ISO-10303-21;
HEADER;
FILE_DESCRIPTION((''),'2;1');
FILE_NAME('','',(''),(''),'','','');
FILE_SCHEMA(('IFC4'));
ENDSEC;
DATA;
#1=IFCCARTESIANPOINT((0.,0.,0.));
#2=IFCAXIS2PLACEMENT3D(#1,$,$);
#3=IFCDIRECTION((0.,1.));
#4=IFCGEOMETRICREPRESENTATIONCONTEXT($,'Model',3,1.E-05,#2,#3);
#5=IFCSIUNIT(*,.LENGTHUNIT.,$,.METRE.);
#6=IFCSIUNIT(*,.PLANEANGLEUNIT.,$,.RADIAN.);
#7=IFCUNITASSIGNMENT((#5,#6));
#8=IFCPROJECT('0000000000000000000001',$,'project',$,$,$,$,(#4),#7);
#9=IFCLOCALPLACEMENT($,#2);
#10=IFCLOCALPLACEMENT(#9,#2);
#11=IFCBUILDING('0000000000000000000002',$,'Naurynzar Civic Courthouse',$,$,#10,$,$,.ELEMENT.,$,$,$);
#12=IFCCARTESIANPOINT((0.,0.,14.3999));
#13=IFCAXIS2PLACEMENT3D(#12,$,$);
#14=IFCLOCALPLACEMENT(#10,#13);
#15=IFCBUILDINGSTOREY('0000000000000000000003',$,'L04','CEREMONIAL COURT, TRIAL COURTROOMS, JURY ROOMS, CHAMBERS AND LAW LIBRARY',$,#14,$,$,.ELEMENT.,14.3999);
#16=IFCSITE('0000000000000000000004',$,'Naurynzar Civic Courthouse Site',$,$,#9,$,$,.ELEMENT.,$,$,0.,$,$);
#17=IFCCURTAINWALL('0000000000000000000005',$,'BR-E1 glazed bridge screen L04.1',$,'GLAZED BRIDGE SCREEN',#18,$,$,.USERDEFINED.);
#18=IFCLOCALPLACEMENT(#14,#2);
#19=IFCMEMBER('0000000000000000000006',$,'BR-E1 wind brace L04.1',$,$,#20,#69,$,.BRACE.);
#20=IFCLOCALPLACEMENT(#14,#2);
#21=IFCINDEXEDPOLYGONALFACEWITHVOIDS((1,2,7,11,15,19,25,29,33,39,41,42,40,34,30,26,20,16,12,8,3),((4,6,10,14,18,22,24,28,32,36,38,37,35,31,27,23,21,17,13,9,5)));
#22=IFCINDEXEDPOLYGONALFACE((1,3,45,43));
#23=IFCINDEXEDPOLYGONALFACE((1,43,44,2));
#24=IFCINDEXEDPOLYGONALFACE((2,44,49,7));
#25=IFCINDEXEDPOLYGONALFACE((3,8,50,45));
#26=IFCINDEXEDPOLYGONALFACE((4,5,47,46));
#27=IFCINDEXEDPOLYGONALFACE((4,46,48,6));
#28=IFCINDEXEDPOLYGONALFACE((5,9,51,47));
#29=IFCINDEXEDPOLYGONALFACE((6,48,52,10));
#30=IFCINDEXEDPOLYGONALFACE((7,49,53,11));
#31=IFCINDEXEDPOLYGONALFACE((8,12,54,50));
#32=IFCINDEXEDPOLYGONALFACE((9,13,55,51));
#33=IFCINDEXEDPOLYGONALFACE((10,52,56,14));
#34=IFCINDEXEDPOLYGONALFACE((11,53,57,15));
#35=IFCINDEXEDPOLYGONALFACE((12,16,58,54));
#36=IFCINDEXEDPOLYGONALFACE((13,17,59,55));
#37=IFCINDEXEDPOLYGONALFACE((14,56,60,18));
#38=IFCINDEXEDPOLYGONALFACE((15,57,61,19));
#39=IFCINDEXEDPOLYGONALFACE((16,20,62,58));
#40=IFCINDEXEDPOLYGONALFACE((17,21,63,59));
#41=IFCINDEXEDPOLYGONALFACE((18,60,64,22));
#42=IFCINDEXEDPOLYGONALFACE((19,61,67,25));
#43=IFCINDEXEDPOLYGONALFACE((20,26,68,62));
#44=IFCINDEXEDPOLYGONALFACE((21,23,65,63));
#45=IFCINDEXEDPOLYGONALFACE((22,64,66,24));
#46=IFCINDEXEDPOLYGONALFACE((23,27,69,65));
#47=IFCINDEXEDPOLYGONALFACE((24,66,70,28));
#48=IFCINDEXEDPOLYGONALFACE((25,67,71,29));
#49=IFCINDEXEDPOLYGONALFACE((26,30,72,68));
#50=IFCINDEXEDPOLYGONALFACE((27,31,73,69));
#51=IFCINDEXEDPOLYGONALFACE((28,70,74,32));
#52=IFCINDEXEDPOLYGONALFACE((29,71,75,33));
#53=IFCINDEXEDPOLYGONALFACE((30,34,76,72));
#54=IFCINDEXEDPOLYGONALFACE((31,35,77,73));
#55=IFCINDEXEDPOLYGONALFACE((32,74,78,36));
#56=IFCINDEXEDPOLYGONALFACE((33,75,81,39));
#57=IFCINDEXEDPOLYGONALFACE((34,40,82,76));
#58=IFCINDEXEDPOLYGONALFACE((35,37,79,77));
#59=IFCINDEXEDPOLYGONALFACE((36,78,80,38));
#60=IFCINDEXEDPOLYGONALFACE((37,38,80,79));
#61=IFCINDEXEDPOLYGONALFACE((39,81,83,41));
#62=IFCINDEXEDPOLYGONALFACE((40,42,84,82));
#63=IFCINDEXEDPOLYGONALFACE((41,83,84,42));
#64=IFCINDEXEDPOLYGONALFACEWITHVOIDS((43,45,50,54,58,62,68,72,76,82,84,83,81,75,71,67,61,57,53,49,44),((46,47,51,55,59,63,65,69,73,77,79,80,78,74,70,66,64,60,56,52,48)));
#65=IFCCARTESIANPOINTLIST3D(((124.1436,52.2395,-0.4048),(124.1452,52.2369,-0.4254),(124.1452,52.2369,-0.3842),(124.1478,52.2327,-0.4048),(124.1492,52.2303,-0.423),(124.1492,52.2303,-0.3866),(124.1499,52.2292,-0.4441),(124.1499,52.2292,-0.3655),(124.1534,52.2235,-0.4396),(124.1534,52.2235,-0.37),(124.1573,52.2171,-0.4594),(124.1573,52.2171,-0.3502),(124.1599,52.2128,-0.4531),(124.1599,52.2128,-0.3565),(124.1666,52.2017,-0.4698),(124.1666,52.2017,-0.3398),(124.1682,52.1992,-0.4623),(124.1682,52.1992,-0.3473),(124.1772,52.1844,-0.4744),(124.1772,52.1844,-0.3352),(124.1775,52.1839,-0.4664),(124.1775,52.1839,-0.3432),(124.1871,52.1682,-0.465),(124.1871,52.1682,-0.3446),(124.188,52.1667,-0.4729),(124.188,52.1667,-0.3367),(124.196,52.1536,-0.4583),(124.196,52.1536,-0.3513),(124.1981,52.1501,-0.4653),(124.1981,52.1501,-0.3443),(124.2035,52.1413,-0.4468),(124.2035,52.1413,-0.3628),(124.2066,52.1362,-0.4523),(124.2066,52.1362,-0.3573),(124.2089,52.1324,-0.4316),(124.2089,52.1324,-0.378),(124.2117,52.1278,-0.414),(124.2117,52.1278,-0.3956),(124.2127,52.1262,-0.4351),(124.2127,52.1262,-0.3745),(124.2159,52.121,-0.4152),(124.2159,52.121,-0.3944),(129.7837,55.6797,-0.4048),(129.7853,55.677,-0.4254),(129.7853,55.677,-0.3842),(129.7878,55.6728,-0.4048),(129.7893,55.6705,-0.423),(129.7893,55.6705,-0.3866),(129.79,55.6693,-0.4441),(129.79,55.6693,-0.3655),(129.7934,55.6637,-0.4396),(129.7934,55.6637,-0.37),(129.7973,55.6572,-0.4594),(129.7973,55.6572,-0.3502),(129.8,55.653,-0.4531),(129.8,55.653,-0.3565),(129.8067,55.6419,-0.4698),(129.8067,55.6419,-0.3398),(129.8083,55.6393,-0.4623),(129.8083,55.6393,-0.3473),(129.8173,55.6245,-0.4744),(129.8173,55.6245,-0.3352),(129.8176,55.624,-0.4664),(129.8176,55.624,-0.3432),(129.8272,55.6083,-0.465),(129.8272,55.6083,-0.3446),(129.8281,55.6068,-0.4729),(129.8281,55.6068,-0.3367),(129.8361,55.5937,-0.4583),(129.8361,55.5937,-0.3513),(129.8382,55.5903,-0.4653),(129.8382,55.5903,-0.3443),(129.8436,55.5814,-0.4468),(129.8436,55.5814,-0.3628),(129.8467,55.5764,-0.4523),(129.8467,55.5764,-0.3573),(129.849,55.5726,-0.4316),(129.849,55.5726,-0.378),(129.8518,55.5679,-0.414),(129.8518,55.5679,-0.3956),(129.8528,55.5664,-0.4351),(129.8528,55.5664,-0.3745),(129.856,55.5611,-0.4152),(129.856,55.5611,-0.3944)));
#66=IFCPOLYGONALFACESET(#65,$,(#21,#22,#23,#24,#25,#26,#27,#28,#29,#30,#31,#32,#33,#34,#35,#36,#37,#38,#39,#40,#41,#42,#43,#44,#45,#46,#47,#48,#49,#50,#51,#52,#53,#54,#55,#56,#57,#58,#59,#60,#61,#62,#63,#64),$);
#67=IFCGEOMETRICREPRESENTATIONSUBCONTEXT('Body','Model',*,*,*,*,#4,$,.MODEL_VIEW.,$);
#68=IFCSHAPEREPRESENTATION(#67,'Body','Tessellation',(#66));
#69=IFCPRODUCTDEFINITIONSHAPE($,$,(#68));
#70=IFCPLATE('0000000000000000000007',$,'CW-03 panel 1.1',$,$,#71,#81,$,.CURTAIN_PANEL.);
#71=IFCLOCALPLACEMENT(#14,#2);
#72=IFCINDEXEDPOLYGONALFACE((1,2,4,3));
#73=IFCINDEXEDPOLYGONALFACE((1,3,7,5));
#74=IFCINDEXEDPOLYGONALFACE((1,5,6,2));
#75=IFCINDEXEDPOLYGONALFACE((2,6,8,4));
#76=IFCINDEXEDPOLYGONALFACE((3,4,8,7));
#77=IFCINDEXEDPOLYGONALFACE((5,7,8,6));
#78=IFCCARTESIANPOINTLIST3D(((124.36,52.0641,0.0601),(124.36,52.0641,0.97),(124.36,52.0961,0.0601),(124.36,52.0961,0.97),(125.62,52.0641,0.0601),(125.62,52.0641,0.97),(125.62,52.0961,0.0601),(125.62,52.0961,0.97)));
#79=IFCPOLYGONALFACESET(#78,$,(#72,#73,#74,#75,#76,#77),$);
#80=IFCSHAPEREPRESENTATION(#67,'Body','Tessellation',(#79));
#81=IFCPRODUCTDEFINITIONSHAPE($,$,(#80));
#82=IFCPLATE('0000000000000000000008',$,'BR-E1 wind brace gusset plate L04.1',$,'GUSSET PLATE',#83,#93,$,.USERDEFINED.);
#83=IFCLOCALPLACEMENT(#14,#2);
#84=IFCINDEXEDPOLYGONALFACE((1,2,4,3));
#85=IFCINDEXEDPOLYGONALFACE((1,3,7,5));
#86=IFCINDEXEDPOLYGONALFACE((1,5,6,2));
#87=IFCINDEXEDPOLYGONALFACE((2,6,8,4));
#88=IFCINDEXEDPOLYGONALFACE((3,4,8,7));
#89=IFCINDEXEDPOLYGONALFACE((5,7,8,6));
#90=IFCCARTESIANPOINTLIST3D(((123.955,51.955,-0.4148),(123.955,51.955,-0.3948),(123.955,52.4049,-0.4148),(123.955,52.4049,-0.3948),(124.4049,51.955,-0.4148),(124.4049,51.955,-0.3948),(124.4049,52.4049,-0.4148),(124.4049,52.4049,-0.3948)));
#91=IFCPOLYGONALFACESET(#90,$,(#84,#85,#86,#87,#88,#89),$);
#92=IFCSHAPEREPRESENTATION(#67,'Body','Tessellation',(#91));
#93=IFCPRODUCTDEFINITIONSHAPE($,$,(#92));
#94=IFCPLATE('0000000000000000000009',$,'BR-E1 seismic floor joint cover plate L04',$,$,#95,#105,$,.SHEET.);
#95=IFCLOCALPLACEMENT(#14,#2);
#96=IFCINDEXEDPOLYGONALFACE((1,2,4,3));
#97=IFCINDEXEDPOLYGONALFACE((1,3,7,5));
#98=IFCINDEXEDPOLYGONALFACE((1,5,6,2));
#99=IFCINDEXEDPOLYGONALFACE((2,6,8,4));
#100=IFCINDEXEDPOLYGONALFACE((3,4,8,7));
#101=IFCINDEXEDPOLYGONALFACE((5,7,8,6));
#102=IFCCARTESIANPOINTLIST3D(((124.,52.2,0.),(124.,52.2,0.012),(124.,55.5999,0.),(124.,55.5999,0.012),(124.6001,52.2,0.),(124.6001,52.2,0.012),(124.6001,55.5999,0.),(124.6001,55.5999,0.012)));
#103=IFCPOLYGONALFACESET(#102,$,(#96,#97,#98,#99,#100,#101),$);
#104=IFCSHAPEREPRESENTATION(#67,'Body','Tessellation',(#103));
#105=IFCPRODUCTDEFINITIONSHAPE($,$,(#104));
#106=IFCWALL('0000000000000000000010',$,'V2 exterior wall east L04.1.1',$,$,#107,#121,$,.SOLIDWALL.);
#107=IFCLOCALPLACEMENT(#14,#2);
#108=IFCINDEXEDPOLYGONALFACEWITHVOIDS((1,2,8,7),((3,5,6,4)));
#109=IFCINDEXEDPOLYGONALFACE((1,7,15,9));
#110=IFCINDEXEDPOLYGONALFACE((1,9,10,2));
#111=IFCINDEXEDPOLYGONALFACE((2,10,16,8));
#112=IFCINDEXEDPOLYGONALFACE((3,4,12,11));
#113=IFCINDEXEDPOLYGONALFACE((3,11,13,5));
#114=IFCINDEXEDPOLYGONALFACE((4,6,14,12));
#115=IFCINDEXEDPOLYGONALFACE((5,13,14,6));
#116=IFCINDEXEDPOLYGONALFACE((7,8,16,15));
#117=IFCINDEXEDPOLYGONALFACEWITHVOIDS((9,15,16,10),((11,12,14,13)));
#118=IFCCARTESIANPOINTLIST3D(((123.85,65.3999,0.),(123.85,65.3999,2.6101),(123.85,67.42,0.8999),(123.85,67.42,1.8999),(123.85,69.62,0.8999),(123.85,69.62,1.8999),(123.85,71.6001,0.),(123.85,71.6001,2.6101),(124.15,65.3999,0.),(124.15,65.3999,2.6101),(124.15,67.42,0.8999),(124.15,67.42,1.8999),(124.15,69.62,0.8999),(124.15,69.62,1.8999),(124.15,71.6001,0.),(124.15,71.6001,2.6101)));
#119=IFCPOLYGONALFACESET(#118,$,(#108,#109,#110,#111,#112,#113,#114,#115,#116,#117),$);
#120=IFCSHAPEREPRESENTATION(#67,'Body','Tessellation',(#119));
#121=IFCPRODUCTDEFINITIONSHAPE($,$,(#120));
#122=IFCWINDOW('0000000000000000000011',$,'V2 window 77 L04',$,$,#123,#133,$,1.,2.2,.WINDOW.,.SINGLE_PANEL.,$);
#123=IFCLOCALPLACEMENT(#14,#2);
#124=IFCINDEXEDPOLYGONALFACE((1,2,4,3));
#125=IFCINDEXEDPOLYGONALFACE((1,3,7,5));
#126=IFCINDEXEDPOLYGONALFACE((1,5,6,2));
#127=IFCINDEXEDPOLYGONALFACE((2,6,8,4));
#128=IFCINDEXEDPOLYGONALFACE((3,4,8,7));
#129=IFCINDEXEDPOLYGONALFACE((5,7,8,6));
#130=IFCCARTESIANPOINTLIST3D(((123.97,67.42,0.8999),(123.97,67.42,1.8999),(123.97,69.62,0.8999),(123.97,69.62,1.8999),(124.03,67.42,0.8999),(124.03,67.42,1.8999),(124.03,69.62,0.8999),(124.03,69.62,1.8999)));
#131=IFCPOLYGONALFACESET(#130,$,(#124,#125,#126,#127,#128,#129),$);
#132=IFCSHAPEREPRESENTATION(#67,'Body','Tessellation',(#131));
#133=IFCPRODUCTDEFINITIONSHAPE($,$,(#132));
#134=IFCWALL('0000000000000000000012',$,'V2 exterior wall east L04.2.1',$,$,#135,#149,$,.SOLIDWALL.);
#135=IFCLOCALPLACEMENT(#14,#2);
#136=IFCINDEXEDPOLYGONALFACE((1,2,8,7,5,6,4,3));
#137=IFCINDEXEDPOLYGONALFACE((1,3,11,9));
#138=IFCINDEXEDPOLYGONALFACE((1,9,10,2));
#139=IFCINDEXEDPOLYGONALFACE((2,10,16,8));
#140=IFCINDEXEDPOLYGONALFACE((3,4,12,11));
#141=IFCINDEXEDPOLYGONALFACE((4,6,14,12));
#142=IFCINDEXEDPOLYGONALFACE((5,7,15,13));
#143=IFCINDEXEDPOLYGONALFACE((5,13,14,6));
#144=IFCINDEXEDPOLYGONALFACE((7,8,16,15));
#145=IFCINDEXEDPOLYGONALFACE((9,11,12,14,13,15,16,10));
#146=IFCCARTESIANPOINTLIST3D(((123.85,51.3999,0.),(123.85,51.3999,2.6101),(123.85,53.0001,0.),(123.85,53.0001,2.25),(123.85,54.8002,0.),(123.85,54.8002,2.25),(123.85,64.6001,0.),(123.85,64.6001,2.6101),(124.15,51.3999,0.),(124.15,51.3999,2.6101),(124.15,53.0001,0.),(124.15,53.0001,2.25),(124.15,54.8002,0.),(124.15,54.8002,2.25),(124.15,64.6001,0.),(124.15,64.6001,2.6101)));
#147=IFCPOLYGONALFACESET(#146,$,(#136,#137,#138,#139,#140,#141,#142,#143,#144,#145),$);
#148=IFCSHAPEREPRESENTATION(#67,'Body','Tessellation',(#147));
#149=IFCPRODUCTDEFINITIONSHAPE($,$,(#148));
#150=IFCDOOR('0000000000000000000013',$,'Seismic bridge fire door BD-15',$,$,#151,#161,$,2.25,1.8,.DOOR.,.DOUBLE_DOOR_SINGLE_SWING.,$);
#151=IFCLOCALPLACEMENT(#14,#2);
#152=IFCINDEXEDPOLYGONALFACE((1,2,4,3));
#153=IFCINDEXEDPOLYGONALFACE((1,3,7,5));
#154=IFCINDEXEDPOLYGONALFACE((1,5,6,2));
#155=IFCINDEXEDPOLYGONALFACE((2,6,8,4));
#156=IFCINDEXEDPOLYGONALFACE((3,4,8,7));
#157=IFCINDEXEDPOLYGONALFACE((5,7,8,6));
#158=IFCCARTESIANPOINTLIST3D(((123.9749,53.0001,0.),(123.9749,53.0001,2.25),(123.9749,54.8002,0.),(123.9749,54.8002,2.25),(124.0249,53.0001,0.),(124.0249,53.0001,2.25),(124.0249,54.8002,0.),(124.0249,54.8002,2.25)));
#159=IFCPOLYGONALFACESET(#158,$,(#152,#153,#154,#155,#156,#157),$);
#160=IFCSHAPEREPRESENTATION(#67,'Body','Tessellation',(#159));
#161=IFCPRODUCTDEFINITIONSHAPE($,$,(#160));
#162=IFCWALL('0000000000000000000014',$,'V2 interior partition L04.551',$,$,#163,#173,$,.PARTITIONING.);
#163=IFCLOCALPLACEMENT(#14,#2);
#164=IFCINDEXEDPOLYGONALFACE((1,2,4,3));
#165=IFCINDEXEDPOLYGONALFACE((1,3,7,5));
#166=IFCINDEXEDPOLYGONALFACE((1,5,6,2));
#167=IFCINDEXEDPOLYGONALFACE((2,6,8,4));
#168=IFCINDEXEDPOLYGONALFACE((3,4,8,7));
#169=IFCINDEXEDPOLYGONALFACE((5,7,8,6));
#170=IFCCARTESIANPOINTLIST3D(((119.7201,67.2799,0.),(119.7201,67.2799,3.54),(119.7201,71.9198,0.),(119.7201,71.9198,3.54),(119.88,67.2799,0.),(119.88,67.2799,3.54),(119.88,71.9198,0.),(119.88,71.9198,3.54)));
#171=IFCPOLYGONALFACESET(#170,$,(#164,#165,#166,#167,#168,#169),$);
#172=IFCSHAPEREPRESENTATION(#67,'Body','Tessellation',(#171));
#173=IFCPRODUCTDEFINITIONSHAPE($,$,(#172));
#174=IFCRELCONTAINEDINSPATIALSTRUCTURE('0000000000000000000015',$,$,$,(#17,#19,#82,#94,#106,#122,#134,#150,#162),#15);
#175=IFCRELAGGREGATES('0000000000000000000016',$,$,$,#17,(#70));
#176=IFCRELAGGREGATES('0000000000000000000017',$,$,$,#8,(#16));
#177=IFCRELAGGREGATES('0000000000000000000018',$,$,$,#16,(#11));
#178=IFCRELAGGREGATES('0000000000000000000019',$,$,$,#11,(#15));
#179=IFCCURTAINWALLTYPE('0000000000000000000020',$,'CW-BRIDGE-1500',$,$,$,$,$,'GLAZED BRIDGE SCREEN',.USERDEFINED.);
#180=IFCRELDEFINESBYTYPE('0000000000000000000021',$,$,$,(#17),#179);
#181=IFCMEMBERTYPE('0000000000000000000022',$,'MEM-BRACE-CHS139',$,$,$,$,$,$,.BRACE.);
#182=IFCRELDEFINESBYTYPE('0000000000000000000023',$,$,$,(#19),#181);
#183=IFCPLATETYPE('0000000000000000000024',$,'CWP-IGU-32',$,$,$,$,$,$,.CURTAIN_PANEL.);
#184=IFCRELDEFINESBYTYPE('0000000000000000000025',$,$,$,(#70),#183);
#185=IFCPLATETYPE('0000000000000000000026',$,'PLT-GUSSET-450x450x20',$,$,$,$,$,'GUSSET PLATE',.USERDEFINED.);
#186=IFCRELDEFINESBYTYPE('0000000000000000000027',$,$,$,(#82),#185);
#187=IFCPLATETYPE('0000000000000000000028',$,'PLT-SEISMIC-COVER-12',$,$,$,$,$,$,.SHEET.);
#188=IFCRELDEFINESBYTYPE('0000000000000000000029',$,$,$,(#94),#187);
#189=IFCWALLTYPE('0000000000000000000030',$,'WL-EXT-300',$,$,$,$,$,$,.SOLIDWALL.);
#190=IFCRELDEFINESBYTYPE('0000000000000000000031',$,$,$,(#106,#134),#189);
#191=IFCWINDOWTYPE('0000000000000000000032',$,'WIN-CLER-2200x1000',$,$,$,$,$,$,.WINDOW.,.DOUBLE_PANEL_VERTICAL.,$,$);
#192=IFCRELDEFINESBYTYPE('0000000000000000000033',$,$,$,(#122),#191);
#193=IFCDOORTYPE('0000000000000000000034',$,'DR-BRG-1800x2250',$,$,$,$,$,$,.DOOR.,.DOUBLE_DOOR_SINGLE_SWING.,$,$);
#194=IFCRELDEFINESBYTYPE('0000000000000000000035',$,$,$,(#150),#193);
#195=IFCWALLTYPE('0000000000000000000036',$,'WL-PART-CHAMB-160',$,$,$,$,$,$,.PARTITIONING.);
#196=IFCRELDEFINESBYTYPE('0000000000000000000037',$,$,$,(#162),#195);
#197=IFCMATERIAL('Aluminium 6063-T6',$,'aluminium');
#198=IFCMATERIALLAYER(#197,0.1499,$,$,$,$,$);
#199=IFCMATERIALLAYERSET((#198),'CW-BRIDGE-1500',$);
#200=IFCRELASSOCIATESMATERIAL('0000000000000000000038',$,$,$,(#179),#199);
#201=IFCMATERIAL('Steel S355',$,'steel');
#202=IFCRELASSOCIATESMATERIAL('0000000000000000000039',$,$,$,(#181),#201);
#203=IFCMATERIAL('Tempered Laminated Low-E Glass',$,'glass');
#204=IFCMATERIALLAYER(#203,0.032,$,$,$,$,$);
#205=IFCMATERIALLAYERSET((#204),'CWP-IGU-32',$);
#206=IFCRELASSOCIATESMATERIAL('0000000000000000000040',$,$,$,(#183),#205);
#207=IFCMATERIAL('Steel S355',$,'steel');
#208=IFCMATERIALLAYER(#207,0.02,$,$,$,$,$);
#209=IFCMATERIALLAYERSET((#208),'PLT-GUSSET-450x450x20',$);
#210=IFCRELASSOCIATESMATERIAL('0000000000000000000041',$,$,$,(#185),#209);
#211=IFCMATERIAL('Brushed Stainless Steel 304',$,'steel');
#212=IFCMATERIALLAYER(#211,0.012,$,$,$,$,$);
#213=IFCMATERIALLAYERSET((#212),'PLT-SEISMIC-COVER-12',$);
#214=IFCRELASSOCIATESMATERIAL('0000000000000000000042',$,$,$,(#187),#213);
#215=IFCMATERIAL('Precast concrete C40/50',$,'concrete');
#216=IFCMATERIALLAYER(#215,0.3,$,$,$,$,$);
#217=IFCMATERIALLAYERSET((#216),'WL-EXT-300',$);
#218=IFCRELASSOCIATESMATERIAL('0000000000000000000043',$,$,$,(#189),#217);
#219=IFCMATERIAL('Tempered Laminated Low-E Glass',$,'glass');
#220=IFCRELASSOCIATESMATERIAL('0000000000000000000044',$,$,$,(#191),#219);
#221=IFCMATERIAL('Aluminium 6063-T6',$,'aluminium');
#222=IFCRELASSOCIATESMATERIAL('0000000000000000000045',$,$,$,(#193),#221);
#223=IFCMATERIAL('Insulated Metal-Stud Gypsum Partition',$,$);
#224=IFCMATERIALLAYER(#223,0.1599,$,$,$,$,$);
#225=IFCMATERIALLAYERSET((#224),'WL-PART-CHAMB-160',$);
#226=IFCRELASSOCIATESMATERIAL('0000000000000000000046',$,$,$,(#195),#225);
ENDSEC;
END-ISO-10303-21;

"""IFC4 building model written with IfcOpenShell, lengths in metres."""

from ifc_helpers import new_model, si_unit, direction, frame, frame_2d, origin, origin_2d, place, context, subcontext, project, spatial, rectangle, hollow_circle, extrude, material, layer, layer_set, material_profile, profile_set, type_object, element, fill, aggregate, save


model = new_model("IFC4")

# Units and contexts
model_context = context("Model", 3, precision=1e-05, world=origin(), true_north=direction((0.0, 1.0)))
body_context = subcontext(model_context, "Body", "Model", "MODEL_VIEW")
ifc_project = project(units=[si_unit("LENGTHUNIT", "METRE"), si_unit("PLANEANGLEUNIT", "RADIAN")], contexts=[model_context])

# Site, building, storey
site_placement = place(None, origin())
site = spatial("IfcSite", under=ifc_project, at=site_placement, Name="Naurynzar Civic Courthouse Site", CompositionType="ELEMENT", RefElevation=0.0)
building_placement = place(site_placement, origin())
building = spatial("IfcBuilding", under=site, at=building_placement, Name="Naurynzar Civic Courthouse", CompositionType="ELEMENT")
storey_placement = place(building_placement, frame((0.0, 0.0, 14.3999)))
storey = spatial("IfcBuildingStorey", under=building, at=storey_placement, Name="L04", Description="CEREMONIAL COURT, TRIAL COURTROOMS, JURY ROOMS, CHAMBERS AND LAW LIBRARY", CompositionType="ELEMENT", Elevation=14.3999)

# Curtain wall
ifc_material_1 = material(Name="Aluminium 6063-T6", Category="aluminium")
ifc_layer_1 = layer(ifc_material_1, 0.1499)
ifc_layer_set_1 = layer_set([ifc_layer_1], Name="CW-BRIDGE-1500")
curtain_wall_type_1 = type_object("IfcCurtainWallType", Name="CW-BRIDGE-1500", ElementType="GLAZED BRIDGE SCREEN", PredefinedType="USERDEFINED", material=ifc_layer_set_1)
curtain_wall_1_placement = place(storey_placement, origin())
curtain_wall_1 = element("IfcCurtainWall", 1, at=curtain_wall_1_placement, inside=storey, type_object=curtain_wall_type_1, Name="BR-E1 glazed bridge screen L04.1", ObjectType="GLAZED BRIDGE SCREEN", PredefinedType="USERDEFINED")

# Member
ifc_material_2 = material(Name="Steel S355", Category="steel")
ifc_material_profile_1 = material_profile(ifc_material_2, hollow_circle(Radius=0.0698, WallThickness=0.0081, at=origin_2d()), Name="CHS 139.7x8")
ifc_profile_set_1 = profile_set([ifc_material_profile_1], Name="Steel S355")
member_type_1 = type_object("IfcMemberType", Name="MEM-BRACE-CHS139", PredefinedType="BRACE", material=ifc_profile_set_1)
member_1_placement = place(storey_placement, frame((124.1799, 52.1799, -0.4048), z_axis=(0.853724, 0.520726, 0.0), x_axis=(-0.520726, 0.853724, 0.0)))
element("IfcMember", 2, at=member_1_placement, inside=storey, type_object=member_type_1, Name="BR-E1 wind brace L04.1", PredefinedType="BRACE", context=body_context, shape_type="SweptSolid", body=[
    extrude(hollow_circle(Radius=0.0698, WallThickness=0.0081, at=origin_2d()), origin(), (0.0, 0.0, 1.0), 6.6064),
])

# Plate
ifc_material_3 = material(Name="Tempered Laminated Low-E Glass", Category="glass")
ifc_layer_2 = layer(ifc_material_3, 0.032)
ifc_layer_set_2 = layer_set([ifc_layer_2], Name="CWP-IGU-32")
plate_type_1 = type_object("IfcPlateType", Name="CWP-IGU-32", PredefinedType="CURTAIN_PANEL", material=ifc_layer_set_2)
plate_1_placement = place(storey_placement, frame((124.99, 52.0801, 0.0601), z_axis=(0.0, 0.0, 1.0), x_axis=(1.0, 0.0, 0.0)))
plate_1 = element("IfcPlate", 3, at=plate_1_placement, type_object=plate_type_1, Name="CW-03 panel 1.1", PredefinedType="CURTAIN_PANEL", context=body_context, shape_type="SweptSolid", body=[
    extrude(rectangle(XDim=1.26, YDim=0.032, at=origin_2d()), origin(), (0.0, 0.0, 1.0), 0.9099),
])
aggregate(curtain_wall_1, [plate_1])

# Plates
ifc_material_4 = material(Name="Steel S355", Category="steel")
ifc_layer_3 = layer(ifc_material_4, 0.02)
ifc_layer_set_3 = layer_set([ifc_layer_3], Name="PLT-GUSSET-450x450x20")
plate_type_2 = type_object("IfcPlateType", Name="PLT-GUSSET-450x450x20", ElementType="GUSSET PLATE", PredefinedType="USERDEFINED", material=ifc_layer_set_3)
plate_2_placement = place(storey_placement, frame((124.1799, 52.1799, -0.4148), z_axis=(0.0, 0.0, 1.0), x_axis=(1.0, 0.0, 0.0)))
element("IfcPlate", 4, at=plate_2_placement, inside=storey, type_object=plate_type_2, Name="BR-E1 wind brace gusset plate L04.1", ObjectType="GUSSET PLATE", PredefinedType="USERDEFINED", context=body_context, shape_type="SweptSolid", body=[
    extrude(rectangle(XDim=0.45, YDim=0.45, at=origin_2d()), origin(), (0.0, 0.0, 1.0), 0.02),
])
ifc_material_5 = material(Name="Brushed Stainless Steel 304", Category="steel")
ifc_layer_4 = layer(ifc_material_5, 0.012)
ifc_layer_set_4 = layer_set([ifc_layer_4], Name="PLT-SEISMIC-COVER-12")
plate_type_3 = type_object("IfcPlateType", Name="PLT-SEISMIC-COVER-12", PredefinedType="SHEET", material=ifc_layer_set_4)
plate_3_placement = place(storey_placement, frame((124.3, 53.8999, 0.0), z_axis=(0.0, 0.0, 1.0), x_axis=(1.0, 0.0, 0.0)))
element("IfcPlate", 5, at=plate_3_placement, inside=storey, type_object=plate_type_3, Name="BR-E1 seismic floor joint cover plate L04", PredefinedType="SHEET", context=body_context, shape_type="SweptSolid", body=[
    extrude(rectangle(XDim=0.6001, YDim=3.3999, at=origin_2d()), origin(), (0.0, 0.0, 1.0), 0.012),
])

# Wall, opening, window
ifc_material_6 = material(Name="Precast concrete C40/50", Category="concrete")
ifc_layer_5 = layer(ifc_material_6, 0.3)
ifc_layer_set_5 = layer_set([ifc_layer_5], Name="WL-EXT-300")
wall_type_1 = type_object("IfcWallType", Name="WL-EXT-300", PredefinedType="SOLIDWALL", material=ifc_layer_set_5)
wall_1_placement = place(storey_placement, frame((124.0, 71.6001, 0.0), z_axis=(0.0, 0.0, 1.0), x_axis=(0.0, -1.0, 0.0)))
wall_1 = element("IfcWall", 6, at=wall_1_placement, inside=storey, type_object=wall_type_1, Name="V2 exterior wall east L04.1.1", PredefinedType="SOLIDWALL", context=body_context, shape_type="SweptSolid", body=[
    extrude(rectangle(XDim=6.2002, YDim=0.3, at=frame_2d((3.1001, 0.0))), origin(), (0.0, 0.0, 1.0), 2.6101),
])
opening_1_placement = place(wall_1_placement, frame((1.98, 0.0, 0.8999)))
opening_1 = element("IfcOpeningElement", 7, at=opening_1_placement, cuts=wall_1, PredefinedType="OPENING", context=body_context, shape_type="SweptSolid", body=[
    extrude(rectangle(XDim=2.2, YDim=1.0, at=frame_2d((1.1001, 0.5))), frame((0.0, 0.1599, 0.0), z_axis=(0.0, -1.0, 0.0), x_axis=(1.0, 0.0, 0.0)), (0.0, 0.0, 1.0), 0.3201),
])
ifc_material_7 = material(Name="Tempered Laminated Low-E Glass", Category="glass")
window_type = type_object("IfcWindowType", Name="WIN-CLER-2200x1000", PartitioningType="DOUBLE_PANEL_VERTICAL", PredefinedType="WINDOW", material=ifc_material_7)
window_placement = place(opening_1_placement, origin())
window = element("IfcWindow", 8, at=window_placement, inside=storey, type_object=window_type, Name="V2 window 77 L04", OverallHeight=1.0, OverallWidth=2.2, PartitioningType="SINGLE_PANEL", PredefinedType="WINDOW", context=body_context, shape_type="SweptSolid", body=[
    extrude(rectangle(XDim=2.2, YDim=1.0, at=frame_2d((1.1001, 0.5))), frame((0.0, 0.03, 0.0), z_axis=(0.0, -1.0, 0.0), x_axis=(1.0, 0.0, 0.0)), (0.0, 0.0, 1.0), 0.0601),
])
fill(opening_1, window)

# Wall, opening, door
wall_2_placement = place(storey_placement, frame((124.0, 64.6001, 0.0), z_axis=(0.0, 0.0, 1.0), x_axis=(0.0, -1.0, 0.0)))
wall_2 = element("IfcWall", 9, at=wall_2_placement, inside=storey, type_object=wall_type_1, Name="V2 exterior wall east L04.2.1", PredefinedType="SOLIDWALL", context=body_context, shape_type="SweptSolid", body=[
    extrude(rectangle(XDim=13.2002, YDim=0.3, at=frame_2d((6.6001, 0.0))), origin(), (0.0, 0.0, 1.0), 2.6101),
])
opening_2_placement = place(wall_2_placement, frame((9.8, 0.0, 0.0)))
opening_2 = element("IfcOpeningElement", 10, at=opening_2_placement, cuts=wall_2, PredefinedType="OPENING", context=body_context, shape_type="SweptSolid", body=[
    extrude(rectangle(XDim=1.8, YDim=2.25, at=frame_2d((0.8999, 1.125))), frame((0.0, 0.1599, 0.0), z_axis=(0.0, -1.0, 0.0), x_axis=(1.0, 0.0, 0.0)), (0.0, 0.0, 1.0), 0.3201),
])
ifc_material_8 = material(Name="Aluminium 6063-T6", Category="aluminium")
door_type_1 = type_object("IfcDoorType", Name="DR-BRG-1800x2250", OperationType="DOUBLE_DOOR_SINGLE_SWING", PredefinedType="DOOR", material=ifc_material_8)
door_1_placement = place(opening_2_placement, origin())
door_1 = element("IfcDoor", 11, at=door_1_placement, inside=storey, type_object=door_type_1, Name="Seismic bridge fire door BD-15", OperationType="DOUBLE_DOOR_SINGLE_SWING", OverallHeight=2.25, OverallWidth=1.8, PredefinedType="DOOR", context=body_context, shape_type="SweptSolid", body=[
    extrude(rectangle(XDim=1.8, YDim=2.25, at=frame_2d((0.8999, 1.125))), frame((0.0, 0.0249, 0.0), z_axis=(0.0, -1.0, 0.0), x_axis=(1.0, 0.0, 0.0)), (0.0, 0.0, 1.0), 0.05),
])
fill(opening_2, door_1)

# Wall
ifc_material_9 = material(Name="Insulated Metal-Stud Gypsum Partition")
ifc_layer_6 = layer(ifc_material_9, 0.1599)
ifc_layer_set_6 = layer_set([ifc_layer_6], Name="WL-PART-CHAMB-160")
wall_type_2 = type_object("IfcWallType", Name="WL-PART-CHAMB-160", PredefinedType="PARTITIONING", material=ifc_layer_set_6)
wall_3_placement = place(storey_placement, frame((119.8, 67.28, 0.0), z_axis=(0.0, 0.0, 1.0), x_axis=(0.0, 1.0, 0.0)))
element("IfcWall", 12, at=wall_3_placement, inside=storey, type_object=wall_type_2, Name="V2 interior partition L04.551", PredefinedType="PARTITIONING", context=body_context, shape_type="SweptSolid", body=[
    extrude(rectangle(XDim=4.6399, YDim=0.1599, at=frame_2d((2.3198, 0.0))), origin(), (0.0, 0.0, 1.0), 3.54),
])

save(model, "model.ifc")
